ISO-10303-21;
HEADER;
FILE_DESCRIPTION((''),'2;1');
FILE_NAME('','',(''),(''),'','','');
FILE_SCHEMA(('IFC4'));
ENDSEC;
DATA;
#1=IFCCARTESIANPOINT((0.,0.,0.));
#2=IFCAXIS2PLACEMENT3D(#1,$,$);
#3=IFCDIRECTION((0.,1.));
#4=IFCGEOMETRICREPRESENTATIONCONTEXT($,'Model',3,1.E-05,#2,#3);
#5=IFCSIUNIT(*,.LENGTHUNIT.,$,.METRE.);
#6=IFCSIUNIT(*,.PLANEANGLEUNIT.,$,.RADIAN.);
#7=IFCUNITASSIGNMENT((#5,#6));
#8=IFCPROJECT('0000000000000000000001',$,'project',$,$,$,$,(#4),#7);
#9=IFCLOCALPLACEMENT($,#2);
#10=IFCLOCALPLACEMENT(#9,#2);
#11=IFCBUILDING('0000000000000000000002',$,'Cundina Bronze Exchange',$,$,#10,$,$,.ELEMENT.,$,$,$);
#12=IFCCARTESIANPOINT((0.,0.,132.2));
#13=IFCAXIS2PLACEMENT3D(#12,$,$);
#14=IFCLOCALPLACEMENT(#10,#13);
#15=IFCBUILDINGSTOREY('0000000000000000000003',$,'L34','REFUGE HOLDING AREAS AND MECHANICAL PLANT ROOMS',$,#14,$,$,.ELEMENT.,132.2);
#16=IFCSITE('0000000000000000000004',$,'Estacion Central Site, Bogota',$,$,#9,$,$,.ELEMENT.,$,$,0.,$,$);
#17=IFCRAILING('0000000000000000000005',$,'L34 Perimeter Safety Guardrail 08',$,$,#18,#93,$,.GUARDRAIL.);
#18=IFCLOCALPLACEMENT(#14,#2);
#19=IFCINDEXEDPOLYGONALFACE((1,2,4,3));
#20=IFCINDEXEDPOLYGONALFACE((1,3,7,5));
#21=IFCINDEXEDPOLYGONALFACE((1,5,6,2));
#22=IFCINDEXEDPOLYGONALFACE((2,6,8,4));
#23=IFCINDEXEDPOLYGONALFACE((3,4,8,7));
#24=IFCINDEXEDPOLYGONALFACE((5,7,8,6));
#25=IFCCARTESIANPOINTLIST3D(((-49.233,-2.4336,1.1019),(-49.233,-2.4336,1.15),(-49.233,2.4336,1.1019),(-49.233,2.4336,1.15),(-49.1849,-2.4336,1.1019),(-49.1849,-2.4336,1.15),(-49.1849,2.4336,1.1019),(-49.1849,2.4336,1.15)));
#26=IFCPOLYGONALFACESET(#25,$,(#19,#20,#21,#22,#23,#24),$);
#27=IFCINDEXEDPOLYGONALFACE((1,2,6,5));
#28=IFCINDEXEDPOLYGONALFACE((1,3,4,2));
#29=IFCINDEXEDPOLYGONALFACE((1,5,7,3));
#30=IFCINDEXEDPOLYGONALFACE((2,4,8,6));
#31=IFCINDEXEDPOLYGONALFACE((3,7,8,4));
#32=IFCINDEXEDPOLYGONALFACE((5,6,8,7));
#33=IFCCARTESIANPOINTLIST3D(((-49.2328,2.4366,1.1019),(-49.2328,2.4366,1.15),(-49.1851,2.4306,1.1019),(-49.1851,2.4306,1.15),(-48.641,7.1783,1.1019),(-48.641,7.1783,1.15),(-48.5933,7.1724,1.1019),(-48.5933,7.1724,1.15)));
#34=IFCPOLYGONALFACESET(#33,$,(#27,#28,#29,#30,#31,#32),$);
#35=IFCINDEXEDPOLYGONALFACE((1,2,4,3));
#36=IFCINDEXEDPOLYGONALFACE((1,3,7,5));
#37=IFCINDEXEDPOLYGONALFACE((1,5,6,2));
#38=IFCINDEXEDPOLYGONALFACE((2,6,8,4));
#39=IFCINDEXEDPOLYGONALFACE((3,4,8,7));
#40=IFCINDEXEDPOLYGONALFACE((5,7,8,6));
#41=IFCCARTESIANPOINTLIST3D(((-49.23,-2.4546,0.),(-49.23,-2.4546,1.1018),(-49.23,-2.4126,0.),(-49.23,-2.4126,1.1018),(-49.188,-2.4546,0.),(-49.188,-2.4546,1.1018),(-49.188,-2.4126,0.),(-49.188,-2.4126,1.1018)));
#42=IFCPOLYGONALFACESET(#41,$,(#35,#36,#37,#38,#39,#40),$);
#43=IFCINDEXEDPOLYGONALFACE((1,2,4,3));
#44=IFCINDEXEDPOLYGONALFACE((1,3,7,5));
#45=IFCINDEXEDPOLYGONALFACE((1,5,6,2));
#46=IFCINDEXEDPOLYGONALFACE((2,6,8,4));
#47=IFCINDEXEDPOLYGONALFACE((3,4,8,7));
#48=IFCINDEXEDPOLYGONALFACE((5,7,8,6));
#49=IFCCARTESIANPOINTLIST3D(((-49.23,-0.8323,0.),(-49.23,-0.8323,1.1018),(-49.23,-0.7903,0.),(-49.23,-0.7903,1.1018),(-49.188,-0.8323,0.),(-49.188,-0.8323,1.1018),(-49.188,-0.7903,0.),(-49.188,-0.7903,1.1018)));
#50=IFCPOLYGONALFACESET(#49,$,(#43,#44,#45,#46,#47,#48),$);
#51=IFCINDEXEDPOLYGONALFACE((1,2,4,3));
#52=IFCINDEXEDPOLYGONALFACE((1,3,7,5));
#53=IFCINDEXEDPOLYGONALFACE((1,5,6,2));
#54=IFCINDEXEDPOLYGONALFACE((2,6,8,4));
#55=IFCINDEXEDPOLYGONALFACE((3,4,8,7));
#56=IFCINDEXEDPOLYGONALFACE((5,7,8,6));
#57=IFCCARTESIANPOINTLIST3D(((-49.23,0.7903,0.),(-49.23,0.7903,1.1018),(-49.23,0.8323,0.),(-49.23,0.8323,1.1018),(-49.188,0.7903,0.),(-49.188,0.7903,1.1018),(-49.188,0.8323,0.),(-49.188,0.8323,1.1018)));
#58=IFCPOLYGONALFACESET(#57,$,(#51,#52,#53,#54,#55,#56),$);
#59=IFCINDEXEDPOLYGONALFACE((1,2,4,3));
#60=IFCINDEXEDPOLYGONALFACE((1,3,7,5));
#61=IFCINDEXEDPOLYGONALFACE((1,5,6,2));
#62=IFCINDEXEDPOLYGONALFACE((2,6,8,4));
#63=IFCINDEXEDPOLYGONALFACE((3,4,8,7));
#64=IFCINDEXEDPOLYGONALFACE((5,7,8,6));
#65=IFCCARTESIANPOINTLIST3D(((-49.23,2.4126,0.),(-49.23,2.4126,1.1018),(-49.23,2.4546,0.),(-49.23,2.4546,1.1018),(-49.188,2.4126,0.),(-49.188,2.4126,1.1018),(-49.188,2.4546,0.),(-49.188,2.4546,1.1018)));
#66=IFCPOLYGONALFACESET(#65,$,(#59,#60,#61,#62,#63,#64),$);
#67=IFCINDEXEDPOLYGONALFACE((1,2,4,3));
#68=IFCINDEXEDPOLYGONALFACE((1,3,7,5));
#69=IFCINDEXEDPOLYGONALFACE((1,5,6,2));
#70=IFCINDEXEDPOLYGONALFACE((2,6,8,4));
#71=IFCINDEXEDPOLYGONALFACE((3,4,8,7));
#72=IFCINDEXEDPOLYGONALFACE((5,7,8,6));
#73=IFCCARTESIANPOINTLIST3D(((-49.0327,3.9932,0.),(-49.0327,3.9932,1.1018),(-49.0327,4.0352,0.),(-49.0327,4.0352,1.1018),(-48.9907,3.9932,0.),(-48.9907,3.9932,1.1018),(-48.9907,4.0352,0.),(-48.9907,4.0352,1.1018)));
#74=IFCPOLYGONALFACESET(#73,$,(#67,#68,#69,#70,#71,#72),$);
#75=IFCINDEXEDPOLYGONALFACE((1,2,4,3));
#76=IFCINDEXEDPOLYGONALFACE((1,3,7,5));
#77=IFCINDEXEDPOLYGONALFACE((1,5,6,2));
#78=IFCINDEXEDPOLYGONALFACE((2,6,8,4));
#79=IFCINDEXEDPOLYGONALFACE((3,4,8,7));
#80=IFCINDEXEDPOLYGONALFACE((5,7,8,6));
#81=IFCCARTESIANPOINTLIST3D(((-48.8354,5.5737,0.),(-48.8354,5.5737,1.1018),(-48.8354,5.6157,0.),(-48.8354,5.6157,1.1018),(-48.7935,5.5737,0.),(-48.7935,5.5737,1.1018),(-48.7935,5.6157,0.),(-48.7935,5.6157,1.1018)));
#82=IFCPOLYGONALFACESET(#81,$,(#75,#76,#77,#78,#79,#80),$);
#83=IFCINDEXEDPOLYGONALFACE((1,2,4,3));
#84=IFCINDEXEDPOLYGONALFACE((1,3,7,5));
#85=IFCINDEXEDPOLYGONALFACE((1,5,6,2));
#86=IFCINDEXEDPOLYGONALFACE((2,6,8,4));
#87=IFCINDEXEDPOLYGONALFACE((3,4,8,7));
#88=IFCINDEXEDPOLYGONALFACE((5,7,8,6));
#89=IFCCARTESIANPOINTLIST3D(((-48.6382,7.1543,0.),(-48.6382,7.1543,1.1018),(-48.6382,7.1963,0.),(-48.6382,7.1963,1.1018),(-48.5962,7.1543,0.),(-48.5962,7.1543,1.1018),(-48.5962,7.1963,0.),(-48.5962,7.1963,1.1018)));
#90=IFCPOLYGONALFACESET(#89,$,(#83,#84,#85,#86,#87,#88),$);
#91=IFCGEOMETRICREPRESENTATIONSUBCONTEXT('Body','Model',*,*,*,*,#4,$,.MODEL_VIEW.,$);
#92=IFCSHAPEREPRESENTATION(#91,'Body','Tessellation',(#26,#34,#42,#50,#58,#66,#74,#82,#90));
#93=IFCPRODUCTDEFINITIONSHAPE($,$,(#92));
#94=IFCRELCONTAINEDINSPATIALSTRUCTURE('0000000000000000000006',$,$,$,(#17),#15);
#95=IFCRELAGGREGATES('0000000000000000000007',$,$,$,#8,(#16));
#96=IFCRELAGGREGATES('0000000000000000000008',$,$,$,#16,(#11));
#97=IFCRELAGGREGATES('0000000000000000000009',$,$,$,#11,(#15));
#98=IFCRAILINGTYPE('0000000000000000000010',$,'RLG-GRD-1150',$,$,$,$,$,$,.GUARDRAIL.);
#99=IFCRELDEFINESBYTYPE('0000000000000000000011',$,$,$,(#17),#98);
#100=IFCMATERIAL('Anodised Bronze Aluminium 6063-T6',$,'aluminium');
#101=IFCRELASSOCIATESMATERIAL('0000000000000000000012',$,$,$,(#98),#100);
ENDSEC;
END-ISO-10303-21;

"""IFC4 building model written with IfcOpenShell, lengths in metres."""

from ifc_helpers import new_model, si_unit, direction, frame, origin, origin_2d, place, context, subcontext, project, spatial, rectangle, extrude, material, type_object, element, save


model = new_model("IFC4")

# Units and contexts
model_context = context("Model", 3, precision=1e-05, world=origin(), true_north=direction((0.0, 1.0)))
body_context = subcontext(model_context, "Body", "Model", "MODEL_VIEW")
ifc_project = project(units=[si_unit("LENGTHUNIT", "METRE"), si_unit("PLANEANGLEUNIT", "RADIAN")], contexts=[model_context])

# Site, building, storey
site_placement = place(None, origin())
site = spatial("IfcSite", under=ifc_project, at=site_placement, Name="Estacion Central Site, Bogota", CompositionType="ELEMENT", RefElevation=0.0)
building_placement = place(site_placement, origin())
building = spatial("IfcBuilding", under=site, at=building_placement, Name="Cundina Bronze Exchange", CompositionType="ELEMENT")
storey_placement = place(building_placement, frame((0.0, 0.0, 132.2)))
storey = spatial("IfcBuildingStorey", under=building, at=storey_placement, Name="L34", Description="REFUGE HOLDING AREAS AND MECHANICAL PLANT ROOMS", CompositionType="ELEMENT", Elevation=132.2)

# Railing
ifc_material_1 = material(Name="Anodised Bronze Aluminium 6063-T6", Category="aluminium")
railing_type = type_object("IfcRailingType", Name="RLG-GRD-1150", PredefinedType="GUARDRAIL", material=ifc_material_1)
railing_placement = place(storey_placement, frame((-49.209, -2.4336, 0.0)))
element("IfcRailing", 1, at=railing_placement, inside=storey, type_object=railing_type, Name="L34 Perimeter Safety Guardrail 08", PredefinedType="GUARDRAIL", context=body_context, shape_type="SweptSolid", body=[
    extrude(rectangle(XDim=0.0481, YDim=0.0481, at=origin_2d()), frame((0.0, 0.0, 1.126), z_axis=(0.0, 1.0, 0.0), x_axis=(-1.0, 0.0, 0.0)), (0.0, 0.0, 1.0), 4.8672),
    extrude(rectangle(XDim=0.0481, YDim=0.0481, at=origin_2d()), frame((0.0, 4.8672, 1.126), z_axis=(0.123846, 0.992301, 0.0), x_axis=(-0.992301, 0.123846, 0.0)), (0.0, 0.0, 1.0), 4.7786),
    extrude(rectangle(XDim=0.042, YDim=0.042, at=origin_2d()), origin(), (0.0, 0.0, 1.0), 1.1018),
    extrude(rectangle(XDim=0.042, YDim=0.042, at=origin_2d()), frame((0.0, 1.6223, 0.0)), (0.0, 0.0, 1.0), 1.1018),
    extrude(rectangle(XDim=0.042, YDim=0.042, at=origin_2d()), frame((0.0, 3.2449, 0.0)), (0.0, 0.0, 1.0), 1.1018),
    extrude(rectangle(XDim=0.042, YDim=0.042, at=origin_2d()), frame((0.0, 4.8672, 0.0)), (0.0, 0.0, 1.0), 1.1018),
    extrude(rectangle(XDim=0.042, YDim=0.042, at=origin_2d()), frame((0.1973, 6.4478, 0.0)), (0.0, 0.0, 1.0), 1.1018),
    extrude(rectangle(XDim=0.042, YDim=0.042, at=origin_2d()), frame((0.3945, 8.0283, 0.0)), (0.0, 0.0, 1.0), 1.1018),
    extrude(rectangle(XDim=0.042, YDim=0.042, at=origin_2d()), frame((0.5918, 9.6089, 0.0)), (0.0, 0.0, 1.0), 1.1018),
])

save(model, "model.ifc")
